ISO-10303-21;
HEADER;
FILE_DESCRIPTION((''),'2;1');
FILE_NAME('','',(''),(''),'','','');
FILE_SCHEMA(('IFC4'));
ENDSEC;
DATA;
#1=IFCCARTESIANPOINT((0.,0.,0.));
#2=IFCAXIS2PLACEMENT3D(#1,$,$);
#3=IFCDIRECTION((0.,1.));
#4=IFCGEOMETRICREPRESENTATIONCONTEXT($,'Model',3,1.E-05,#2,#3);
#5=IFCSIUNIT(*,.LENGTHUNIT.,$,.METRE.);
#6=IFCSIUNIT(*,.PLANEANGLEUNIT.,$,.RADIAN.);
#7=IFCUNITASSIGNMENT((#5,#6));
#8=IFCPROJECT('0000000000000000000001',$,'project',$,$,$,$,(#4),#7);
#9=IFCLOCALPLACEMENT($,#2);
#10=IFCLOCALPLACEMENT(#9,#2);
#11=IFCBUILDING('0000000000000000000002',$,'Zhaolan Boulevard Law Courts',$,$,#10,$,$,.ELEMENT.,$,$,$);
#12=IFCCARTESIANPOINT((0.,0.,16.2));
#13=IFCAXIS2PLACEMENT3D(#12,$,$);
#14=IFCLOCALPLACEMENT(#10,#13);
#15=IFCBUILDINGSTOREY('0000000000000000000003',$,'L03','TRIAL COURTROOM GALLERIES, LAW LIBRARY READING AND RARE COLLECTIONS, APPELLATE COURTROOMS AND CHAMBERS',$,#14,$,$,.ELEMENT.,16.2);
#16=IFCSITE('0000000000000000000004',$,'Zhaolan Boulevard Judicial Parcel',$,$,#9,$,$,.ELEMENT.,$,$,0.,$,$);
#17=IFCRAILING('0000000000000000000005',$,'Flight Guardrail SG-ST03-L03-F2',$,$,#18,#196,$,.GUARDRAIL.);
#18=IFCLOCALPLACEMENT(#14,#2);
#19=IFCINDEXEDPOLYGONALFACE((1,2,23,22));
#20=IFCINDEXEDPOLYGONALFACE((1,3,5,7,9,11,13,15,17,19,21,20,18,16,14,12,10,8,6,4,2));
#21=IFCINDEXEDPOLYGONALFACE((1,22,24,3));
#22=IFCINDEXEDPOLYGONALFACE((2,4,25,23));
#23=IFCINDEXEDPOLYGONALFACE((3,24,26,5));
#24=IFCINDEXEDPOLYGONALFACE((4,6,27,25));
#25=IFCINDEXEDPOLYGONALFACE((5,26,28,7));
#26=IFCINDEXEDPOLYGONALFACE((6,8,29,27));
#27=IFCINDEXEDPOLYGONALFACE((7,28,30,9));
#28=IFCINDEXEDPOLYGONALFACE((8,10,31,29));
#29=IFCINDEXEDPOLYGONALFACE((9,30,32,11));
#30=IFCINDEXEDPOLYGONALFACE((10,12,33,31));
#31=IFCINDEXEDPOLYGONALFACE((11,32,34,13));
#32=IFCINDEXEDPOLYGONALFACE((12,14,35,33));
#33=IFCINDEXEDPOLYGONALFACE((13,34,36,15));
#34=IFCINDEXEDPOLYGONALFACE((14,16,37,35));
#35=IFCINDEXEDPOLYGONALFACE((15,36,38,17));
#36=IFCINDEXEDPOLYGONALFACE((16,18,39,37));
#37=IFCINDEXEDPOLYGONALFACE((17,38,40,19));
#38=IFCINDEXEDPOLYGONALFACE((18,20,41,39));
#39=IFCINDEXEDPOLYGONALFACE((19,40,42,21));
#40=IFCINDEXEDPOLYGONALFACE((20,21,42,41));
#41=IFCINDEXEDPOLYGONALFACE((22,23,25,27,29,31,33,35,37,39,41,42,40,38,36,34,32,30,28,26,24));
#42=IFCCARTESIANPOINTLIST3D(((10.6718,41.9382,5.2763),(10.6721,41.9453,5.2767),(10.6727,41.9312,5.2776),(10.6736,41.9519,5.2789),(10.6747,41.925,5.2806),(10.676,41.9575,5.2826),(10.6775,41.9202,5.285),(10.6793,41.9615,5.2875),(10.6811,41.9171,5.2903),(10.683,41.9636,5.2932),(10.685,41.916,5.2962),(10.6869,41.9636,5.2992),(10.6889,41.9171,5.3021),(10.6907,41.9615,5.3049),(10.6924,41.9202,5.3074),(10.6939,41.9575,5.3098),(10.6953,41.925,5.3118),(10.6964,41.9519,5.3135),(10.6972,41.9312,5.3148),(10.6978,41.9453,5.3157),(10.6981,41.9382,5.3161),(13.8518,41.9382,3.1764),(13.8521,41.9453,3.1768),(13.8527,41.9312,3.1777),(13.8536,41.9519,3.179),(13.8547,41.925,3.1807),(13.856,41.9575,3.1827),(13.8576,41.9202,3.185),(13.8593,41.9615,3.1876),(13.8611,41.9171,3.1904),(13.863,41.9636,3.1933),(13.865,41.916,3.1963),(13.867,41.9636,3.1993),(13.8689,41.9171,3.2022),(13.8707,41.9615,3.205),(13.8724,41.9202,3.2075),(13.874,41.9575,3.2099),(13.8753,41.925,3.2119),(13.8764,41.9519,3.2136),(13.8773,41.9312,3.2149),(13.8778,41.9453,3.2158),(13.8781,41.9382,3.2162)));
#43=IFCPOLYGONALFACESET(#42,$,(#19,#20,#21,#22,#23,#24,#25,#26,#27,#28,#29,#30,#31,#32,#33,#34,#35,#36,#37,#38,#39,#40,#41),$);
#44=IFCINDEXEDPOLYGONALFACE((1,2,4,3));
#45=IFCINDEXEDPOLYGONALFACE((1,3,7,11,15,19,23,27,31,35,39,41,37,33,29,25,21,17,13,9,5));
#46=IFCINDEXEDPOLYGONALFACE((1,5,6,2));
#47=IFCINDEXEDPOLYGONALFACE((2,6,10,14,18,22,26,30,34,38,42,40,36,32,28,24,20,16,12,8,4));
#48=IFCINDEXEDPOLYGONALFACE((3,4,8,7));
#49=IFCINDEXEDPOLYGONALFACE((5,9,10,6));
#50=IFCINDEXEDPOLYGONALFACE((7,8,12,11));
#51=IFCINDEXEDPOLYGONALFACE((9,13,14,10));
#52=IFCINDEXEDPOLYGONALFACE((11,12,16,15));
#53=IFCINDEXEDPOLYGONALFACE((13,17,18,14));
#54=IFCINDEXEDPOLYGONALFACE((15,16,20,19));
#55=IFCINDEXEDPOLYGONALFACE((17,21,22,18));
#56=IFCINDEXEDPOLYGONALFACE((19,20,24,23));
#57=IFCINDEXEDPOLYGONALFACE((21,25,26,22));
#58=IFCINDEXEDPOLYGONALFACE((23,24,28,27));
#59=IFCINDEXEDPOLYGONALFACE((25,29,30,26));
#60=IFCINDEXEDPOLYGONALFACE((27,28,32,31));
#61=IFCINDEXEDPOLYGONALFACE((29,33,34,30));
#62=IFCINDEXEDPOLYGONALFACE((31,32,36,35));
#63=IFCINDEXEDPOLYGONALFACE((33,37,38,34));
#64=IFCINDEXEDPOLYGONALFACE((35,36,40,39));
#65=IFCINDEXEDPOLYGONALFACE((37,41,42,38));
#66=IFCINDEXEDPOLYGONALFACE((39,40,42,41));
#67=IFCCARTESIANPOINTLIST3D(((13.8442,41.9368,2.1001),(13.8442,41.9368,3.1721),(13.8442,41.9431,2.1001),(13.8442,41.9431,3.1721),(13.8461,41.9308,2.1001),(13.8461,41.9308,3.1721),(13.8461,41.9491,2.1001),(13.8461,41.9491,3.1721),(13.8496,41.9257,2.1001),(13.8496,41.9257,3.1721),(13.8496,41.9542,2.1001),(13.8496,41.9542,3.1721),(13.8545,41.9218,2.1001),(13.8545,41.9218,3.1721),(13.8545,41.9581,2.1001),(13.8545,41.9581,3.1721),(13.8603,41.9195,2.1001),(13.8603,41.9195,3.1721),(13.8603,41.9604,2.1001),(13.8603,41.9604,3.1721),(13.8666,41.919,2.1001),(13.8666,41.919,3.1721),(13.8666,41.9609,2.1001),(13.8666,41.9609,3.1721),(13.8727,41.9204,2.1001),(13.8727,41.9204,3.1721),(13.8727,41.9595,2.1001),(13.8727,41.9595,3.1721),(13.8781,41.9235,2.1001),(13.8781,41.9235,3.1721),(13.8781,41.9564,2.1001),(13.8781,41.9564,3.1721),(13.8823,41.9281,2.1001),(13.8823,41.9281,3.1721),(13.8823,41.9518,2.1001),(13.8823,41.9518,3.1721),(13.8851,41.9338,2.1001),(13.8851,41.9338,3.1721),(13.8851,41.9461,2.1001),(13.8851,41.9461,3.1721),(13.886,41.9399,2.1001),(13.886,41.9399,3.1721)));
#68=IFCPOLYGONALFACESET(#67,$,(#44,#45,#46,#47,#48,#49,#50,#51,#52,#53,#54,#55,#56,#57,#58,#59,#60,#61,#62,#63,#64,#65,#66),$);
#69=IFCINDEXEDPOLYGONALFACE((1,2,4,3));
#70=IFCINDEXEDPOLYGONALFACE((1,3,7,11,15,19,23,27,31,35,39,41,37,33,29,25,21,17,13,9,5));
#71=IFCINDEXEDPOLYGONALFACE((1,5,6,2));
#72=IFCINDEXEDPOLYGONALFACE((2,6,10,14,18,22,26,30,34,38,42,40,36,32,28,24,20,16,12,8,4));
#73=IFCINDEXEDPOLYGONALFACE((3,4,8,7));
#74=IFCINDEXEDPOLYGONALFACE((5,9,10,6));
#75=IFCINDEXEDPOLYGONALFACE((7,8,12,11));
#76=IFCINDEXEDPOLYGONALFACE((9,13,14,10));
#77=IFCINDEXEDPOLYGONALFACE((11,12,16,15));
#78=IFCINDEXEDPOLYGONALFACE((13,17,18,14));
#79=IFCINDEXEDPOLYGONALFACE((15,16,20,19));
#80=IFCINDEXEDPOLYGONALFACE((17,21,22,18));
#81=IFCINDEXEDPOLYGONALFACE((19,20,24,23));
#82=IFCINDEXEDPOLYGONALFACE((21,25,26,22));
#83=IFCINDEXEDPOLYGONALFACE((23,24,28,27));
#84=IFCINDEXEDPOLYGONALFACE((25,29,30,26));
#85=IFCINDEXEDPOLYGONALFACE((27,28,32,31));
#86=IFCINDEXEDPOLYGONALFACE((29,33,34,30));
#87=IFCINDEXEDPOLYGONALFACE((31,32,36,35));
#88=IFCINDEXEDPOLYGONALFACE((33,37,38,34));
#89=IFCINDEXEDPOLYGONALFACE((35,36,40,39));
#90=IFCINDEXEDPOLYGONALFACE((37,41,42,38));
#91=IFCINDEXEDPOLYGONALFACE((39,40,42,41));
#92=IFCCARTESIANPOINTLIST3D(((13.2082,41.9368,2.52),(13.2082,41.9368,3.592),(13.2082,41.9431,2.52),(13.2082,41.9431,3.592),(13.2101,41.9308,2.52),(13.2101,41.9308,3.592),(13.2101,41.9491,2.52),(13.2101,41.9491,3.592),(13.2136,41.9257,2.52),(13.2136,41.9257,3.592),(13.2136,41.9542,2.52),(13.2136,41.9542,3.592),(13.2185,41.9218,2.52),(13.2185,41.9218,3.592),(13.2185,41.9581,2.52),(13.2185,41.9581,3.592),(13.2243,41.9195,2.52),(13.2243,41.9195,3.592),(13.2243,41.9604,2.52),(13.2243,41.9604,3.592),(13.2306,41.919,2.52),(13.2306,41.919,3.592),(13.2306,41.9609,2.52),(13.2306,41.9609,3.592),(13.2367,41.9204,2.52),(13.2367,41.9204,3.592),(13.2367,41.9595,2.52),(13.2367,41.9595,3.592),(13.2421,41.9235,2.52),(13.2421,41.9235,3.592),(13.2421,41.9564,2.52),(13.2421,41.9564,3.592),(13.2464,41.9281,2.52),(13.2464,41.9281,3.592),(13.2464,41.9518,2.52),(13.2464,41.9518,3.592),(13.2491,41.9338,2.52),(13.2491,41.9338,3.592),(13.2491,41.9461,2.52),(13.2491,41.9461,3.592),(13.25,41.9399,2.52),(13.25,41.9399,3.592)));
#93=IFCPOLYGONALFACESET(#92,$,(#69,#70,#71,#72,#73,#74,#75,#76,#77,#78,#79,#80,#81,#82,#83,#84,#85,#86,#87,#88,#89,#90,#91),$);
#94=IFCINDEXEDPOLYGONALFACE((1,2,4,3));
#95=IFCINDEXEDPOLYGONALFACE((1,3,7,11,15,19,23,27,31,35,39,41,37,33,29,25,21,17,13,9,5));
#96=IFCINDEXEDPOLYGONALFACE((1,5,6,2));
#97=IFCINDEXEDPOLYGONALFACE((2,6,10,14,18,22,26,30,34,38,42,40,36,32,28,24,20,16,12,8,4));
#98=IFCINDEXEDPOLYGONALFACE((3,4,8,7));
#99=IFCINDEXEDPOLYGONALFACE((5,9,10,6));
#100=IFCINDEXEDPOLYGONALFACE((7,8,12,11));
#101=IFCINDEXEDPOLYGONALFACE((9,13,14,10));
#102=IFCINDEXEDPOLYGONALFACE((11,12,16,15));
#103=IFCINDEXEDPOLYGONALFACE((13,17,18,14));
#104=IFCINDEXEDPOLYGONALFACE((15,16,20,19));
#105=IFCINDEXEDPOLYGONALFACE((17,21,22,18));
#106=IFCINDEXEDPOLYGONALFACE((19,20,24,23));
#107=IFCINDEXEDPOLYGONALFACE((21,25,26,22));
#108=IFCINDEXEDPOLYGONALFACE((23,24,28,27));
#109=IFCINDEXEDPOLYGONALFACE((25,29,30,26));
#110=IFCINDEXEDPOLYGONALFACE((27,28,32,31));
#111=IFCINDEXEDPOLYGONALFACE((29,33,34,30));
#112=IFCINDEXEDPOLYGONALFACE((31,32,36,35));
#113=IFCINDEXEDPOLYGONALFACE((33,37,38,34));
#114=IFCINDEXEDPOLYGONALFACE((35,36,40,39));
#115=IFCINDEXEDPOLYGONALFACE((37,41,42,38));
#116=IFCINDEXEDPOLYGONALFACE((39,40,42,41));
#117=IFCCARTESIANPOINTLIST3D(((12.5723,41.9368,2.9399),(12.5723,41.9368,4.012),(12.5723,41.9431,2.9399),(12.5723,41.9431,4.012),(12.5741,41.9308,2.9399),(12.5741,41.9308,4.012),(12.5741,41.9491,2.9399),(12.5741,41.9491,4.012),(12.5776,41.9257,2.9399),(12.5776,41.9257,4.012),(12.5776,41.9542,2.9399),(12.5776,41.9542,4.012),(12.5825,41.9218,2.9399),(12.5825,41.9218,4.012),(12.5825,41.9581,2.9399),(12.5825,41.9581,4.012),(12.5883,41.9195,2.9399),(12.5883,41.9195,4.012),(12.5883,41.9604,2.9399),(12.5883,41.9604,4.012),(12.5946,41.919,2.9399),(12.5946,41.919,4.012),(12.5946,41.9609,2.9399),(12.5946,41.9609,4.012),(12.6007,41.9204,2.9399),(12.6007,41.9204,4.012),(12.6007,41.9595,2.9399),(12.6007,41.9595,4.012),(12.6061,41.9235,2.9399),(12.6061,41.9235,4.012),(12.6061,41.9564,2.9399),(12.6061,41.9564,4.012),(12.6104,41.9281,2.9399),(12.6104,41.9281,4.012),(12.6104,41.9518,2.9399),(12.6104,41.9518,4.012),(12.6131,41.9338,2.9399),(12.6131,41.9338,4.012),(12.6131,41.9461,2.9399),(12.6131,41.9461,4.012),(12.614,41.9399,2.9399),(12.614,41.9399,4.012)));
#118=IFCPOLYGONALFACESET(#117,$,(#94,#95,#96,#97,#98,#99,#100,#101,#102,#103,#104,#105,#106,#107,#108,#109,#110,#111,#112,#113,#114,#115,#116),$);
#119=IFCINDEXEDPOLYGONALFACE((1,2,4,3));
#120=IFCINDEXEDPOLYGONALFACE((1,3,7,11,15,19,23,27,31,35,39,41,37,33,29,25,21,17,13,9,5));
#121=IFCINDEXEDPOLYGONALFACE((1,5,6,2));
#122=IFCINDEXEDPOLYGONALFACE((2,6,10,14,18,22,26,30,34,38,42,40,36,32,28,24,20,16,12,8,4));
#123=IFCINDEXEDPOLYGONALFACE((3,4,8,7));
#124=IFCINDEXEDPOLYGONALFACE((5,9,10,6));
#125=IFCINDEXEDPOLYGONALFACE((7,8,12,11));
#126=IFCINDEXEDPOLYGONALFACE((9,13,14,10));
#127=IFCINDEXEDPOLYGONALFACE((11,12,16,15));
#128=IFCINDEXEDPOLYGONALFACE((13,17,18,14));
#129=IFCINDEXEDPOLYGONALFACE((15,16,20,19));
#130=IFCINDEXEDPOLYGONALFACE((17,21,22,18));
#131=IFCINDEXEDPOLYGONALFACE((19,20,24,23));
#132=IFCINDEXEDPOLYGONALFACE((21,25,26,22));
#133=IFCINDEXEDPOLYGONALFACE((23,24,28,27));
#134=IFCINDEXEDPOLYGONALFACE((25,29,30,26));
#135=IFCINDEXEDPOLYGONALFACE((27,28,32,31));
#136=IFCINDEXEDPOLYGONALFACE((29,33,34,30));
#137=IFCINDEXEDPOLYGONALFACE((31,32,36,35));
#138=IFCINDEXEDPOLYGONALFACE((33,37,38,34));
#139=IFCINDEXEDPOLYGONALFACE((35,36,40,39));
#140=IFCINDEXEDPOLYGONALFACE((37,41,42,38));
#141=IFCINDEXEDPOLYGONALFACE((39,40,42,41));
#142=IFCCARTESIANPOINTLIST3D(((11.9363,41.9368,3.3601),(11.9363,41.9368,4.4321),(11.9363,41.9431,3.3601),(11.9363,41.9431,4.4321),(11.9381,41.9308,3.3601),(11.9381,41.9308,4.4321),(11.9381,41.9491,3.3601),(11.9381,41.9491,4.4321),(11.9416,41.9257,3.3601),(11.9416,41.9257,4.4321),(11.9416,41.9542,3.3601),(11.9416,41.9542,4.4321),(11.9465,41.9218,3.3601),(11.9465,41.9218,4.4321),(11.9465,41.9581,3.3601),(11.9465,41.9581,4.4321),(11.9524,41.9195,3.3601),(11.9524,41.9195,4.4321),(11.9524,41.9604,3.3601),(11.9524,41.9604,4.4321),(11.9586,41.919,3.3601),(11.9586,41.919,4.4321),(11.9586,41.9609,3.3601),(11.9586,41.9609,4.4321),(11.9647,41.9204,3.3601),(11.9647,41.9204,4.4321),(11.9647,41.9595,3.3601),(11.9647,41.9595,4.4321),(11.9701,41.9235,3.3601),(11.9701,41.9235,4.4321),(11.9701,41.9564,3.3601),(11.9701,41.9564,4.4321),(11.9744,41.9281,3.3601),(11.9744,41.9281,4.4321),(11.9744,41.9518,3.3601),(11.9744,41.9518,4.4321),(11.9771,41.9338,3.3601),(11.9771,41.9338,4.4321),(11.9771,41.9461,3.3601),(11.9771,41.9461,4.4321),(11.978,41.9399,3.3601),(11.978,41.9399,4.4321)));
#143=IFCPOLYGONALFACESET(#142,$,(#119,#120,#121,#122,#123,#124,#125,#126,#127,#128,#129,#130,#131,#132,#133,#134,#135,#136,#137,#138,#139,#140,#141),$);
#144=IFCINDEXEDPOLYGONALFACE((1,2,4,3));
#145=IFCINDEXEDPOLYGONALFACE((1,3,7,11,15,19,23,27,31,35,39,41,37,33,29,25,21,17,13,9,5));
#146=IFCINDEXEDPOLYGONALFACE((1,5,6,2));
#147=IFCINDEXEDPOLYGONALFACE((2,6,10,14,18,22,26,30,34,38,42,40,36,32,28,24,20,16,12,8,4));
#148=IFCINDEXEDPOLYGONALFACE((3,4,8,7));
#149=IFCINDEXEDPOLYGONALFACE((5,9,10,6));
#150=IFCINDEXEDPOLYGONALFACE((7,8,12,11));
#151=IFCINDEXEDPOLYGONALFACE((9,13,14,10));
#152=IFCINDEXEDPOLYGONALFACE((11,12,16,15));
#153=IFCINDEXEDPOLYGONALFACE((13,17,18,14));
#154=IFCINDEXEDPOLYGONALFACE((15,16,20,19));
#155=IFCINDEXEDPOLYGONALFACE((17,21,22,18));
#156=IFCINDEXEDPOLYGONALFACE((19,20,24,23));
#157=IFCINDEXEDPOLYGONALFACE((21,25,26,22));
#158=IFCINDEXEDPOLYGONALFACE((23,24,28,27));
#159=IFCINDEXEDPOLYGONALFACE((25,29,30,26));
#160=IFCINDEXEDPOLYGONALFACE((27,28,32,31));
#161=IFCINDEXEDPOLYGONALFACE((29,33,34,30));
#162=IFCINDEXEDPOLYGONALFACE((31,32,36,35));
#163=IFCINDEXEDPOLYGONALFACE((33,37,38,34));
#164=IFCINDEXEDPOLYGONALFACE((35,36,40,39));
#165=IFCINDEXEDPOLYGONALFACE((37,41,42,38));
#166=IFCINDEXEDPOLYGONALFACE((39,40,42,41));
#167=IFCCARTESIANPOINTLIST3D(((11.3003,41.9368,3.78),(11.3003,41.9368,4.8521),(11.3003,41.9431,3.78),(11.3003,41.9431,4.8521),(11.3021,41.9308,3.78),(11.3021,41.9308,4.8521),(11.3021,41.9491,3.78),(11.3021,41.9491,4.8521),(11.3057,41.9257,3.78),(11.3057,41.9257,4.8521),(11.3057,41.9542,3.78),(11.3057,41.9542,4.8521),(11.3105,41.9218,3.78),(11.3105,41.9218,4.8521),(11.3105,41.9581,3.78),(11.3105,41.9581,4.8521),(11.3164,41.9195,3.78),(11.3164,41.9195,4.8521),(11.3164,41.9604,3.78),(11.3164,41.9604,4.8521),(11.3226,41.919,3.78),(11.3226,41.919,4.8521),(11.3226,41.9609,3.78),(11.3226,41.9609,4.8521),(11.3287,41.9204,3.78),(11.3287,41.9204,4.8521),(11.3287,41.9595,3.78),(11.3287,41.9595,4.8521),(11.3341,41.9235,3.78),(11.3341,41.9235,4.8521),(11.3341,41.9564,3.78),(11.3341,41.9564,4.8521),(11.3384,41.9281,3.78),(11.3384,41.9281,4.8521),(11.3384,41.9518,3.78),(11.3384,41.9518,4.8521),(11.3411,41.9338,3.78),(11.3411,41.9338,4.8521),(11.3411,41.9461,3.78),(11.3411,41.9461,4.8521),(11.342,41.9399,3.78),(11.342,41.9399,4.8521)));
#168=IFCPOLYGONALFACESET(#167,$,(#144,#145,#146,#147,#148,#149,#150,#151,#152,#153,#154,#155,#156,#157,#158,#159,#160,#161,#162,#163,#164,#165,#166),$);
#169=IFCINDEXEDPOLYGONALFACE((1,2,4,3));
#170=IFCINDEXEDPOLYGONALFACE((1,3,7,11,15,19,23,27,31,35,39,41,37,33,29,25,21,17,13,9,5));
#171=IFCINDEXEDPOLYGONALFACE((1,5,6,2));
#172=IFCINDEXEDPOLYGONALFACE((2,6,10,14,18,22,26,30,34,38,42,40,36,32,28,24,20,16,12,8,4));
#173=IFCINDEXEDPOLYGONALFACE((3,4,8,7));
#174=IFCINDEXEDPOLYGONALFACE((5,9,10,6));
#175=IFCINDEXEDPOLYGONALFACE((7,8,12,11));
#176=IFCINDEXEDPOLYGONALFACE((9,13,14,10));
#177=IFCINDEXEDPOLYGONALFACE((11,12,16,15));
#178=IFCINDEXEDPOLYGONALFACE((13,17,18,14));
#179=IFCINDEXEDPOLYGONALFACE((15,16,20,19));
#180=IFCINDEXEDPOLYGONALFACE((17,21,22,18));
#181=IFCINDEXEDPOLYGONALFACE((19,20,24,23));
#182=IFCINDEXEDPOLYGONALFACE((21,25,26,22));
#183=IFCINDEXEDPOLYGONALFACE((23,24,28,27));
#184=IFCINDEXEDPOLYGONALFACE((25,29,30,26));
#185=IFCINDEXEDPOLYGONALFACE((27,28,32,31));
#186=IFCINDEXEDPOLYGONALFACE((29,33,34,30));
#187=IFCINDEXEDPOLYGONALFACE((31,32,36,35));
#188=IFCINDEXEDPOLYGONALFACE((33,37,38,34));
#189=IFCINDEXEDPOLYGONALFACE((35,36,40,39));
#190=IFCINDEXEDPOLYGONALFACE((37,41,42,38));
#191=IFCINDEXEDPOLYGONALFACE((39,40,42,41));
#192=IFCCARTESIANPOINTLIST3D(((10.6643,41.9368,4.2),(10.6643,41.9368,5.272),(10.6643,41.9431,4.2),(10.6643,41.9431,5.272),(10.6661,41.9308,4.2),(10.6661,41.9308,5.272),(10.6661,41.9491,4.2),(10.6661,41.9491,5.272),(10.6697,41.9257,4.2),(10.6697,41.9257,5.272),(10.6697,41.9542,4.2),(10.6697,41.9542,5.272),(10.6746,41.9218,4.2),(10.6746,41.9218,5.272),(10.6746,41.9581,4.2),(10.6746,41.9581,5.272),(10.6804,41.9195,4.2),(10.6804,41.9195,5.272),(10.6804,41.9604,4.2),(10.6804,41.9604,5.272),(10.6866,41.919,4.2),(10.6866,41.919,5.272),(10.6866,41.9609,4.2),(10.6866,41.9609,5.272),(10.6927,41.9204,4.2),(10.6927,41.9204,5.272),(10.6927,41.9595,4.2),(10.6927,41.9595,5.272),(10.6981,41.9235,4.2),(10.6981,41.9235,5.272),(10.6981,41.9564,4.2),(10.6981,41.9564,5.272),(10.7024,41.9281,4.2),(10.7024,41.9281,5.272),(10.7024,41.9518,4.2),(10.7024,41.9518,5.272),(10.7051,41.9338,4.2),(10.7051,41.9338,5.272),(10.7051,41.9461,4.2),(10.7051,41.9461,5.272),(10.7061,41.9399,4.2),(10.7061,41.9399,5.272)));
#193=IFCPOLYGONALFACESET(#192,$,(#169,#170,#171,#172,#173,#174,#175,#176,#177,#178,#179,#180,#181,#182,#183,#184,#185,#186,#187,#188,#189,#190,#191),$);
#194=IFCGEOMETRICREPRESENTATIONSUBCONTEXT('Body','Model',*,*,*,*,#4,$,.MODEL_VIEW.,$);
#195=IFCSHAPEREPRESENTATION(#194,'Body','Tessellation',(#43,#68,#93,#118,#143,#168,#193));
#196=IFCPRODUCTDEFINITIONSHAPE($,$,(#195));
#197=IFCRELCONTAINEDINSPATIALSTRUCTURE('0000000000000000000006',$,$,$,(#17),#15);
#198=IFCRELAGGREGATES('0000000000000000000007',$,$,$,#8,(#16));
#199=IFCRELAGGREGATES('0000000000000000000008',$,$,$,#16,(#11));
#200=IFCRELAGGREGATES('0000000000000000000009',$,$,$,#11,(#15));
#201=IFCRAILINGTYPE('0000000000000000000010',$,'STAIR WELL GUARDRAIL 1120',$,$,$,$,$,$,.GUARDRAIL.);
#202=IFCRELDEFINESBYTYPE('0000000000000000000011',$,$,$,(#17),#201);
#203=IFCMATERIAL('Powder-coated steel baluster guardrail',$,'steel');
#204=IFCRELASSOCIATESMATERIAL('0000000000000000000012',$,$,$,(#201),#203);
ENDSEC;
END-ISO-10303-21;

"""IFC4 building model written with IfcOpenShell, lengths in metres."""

from ifc_helpers import new_model, si_unit, direction, frame, origin, origin_2d, place, context, subcontext, project, spatial, circle, extrude, material, type_object, element, save


model = new_model("IFC4")

# Units and contexts
model_context = context("Model", 3, precision=1e-05, world=origin(), true_north=direction((0.0, 1.0)))
body_context = subcontext(model_context, "Body", "Model", "MODEL_VIEW")
ifc_project = project(units=[si_unit("LENGTHUNIT", "METRE"), si_unit("PLANEANGLEUNIT", "RADIAN")], contexts=[model_context])

# Site, building, storey
site_placement = place(None, origin())
site = spatial("IfcSite", under=ifc_project, at=site_placement, Name="Zhaolan Boulevard Judicial Parcel", CompositionType="ELEMENT", RefElevation=0.0)
building_placement = place(site_placement, origin())
building = spatial("IfcBuilding", under=site, at=building_placement, Name="Zhaolan Boulevard Law Courts", CompositionType="ELEMENT")
storey_placement = place(building_placement, frame((0.0, 0.0, 16.2)))
storey = spatial("IfcBuildingStorey", under=building, at=storey_placement, Name="L03", Description="TRIAL COURTROOM GALLERIES, LAW LIBRARY READING AND RARE COLLECTIONS, APPELLATE COURTROOMS AND CHAMBERS", CompositionType="ELEMENT", Elevation=16.2)

# Railing
ifc_material_1 = material(Name="Powder-coated steel baluster guardrail", Category="steel")
railing_type_1 = type_object("IfcRailingType", Name="STAIR WELL GUARDRAIL 1120", PredefinedType="GUARDRAIL", material=ifc_material_1)
railing_1_placement = place(storey_placement, frame((13.865, 41.9399, 2.1001)))
element("IfcRailing", 1, at=railing_1_placement, inside=storey, type_object=railing_type_1, Name="Flight Guardrail SG-ST03-L03-F2", PredefinedType="GUARDRAIL", context=body_context, shape_type="SweptSolid", body=[
    extrude(circle(Radius=0.0239, at=origin_2d()), frame((0.0, 0.0, 1.0962), z_axis=(-0.834477, 0.0, 0.551043), x_axis=(0.0, -1.0, 0.0)), (0.0, 0.0, 1.0), 3.8108),
    extrude(circle(Radius=0.021, at=origin_2d()), origin(), (0.0, 0.0, 1.0), 1.072),
    extrude(circle(Radius=0.021, at=origin_2d()), frame((-0.636, 0.0, 0.4199)), (0.0, 0.0, 1.0), 1.072),
    extrude(circle(Radius=0.021, at=origin_2d()), frame((-1.272, 0.0, 0.8398)), (0.0, 0.0, 1.0), 1.072),
    extrude(circle(Radius=0.021, at=origin_2d()), frame((-1.908, 0.0, 1.26)), (0.0, 0.0, 1.0), 1.072),
    extrude(circle(Radius=0.021, at=origin_2d()), frame((-2.5439, 0.0, 1.6799)), (0.0, 0.0, 1.0), 1.072),
    extrude(circle(Radius=0.021, at=origin_2d()), frame((-3.1799, 0.0, 2.0999)), (0.0, 0.0, 1.0), 1.072),
])

save(model, "model.ifc")
